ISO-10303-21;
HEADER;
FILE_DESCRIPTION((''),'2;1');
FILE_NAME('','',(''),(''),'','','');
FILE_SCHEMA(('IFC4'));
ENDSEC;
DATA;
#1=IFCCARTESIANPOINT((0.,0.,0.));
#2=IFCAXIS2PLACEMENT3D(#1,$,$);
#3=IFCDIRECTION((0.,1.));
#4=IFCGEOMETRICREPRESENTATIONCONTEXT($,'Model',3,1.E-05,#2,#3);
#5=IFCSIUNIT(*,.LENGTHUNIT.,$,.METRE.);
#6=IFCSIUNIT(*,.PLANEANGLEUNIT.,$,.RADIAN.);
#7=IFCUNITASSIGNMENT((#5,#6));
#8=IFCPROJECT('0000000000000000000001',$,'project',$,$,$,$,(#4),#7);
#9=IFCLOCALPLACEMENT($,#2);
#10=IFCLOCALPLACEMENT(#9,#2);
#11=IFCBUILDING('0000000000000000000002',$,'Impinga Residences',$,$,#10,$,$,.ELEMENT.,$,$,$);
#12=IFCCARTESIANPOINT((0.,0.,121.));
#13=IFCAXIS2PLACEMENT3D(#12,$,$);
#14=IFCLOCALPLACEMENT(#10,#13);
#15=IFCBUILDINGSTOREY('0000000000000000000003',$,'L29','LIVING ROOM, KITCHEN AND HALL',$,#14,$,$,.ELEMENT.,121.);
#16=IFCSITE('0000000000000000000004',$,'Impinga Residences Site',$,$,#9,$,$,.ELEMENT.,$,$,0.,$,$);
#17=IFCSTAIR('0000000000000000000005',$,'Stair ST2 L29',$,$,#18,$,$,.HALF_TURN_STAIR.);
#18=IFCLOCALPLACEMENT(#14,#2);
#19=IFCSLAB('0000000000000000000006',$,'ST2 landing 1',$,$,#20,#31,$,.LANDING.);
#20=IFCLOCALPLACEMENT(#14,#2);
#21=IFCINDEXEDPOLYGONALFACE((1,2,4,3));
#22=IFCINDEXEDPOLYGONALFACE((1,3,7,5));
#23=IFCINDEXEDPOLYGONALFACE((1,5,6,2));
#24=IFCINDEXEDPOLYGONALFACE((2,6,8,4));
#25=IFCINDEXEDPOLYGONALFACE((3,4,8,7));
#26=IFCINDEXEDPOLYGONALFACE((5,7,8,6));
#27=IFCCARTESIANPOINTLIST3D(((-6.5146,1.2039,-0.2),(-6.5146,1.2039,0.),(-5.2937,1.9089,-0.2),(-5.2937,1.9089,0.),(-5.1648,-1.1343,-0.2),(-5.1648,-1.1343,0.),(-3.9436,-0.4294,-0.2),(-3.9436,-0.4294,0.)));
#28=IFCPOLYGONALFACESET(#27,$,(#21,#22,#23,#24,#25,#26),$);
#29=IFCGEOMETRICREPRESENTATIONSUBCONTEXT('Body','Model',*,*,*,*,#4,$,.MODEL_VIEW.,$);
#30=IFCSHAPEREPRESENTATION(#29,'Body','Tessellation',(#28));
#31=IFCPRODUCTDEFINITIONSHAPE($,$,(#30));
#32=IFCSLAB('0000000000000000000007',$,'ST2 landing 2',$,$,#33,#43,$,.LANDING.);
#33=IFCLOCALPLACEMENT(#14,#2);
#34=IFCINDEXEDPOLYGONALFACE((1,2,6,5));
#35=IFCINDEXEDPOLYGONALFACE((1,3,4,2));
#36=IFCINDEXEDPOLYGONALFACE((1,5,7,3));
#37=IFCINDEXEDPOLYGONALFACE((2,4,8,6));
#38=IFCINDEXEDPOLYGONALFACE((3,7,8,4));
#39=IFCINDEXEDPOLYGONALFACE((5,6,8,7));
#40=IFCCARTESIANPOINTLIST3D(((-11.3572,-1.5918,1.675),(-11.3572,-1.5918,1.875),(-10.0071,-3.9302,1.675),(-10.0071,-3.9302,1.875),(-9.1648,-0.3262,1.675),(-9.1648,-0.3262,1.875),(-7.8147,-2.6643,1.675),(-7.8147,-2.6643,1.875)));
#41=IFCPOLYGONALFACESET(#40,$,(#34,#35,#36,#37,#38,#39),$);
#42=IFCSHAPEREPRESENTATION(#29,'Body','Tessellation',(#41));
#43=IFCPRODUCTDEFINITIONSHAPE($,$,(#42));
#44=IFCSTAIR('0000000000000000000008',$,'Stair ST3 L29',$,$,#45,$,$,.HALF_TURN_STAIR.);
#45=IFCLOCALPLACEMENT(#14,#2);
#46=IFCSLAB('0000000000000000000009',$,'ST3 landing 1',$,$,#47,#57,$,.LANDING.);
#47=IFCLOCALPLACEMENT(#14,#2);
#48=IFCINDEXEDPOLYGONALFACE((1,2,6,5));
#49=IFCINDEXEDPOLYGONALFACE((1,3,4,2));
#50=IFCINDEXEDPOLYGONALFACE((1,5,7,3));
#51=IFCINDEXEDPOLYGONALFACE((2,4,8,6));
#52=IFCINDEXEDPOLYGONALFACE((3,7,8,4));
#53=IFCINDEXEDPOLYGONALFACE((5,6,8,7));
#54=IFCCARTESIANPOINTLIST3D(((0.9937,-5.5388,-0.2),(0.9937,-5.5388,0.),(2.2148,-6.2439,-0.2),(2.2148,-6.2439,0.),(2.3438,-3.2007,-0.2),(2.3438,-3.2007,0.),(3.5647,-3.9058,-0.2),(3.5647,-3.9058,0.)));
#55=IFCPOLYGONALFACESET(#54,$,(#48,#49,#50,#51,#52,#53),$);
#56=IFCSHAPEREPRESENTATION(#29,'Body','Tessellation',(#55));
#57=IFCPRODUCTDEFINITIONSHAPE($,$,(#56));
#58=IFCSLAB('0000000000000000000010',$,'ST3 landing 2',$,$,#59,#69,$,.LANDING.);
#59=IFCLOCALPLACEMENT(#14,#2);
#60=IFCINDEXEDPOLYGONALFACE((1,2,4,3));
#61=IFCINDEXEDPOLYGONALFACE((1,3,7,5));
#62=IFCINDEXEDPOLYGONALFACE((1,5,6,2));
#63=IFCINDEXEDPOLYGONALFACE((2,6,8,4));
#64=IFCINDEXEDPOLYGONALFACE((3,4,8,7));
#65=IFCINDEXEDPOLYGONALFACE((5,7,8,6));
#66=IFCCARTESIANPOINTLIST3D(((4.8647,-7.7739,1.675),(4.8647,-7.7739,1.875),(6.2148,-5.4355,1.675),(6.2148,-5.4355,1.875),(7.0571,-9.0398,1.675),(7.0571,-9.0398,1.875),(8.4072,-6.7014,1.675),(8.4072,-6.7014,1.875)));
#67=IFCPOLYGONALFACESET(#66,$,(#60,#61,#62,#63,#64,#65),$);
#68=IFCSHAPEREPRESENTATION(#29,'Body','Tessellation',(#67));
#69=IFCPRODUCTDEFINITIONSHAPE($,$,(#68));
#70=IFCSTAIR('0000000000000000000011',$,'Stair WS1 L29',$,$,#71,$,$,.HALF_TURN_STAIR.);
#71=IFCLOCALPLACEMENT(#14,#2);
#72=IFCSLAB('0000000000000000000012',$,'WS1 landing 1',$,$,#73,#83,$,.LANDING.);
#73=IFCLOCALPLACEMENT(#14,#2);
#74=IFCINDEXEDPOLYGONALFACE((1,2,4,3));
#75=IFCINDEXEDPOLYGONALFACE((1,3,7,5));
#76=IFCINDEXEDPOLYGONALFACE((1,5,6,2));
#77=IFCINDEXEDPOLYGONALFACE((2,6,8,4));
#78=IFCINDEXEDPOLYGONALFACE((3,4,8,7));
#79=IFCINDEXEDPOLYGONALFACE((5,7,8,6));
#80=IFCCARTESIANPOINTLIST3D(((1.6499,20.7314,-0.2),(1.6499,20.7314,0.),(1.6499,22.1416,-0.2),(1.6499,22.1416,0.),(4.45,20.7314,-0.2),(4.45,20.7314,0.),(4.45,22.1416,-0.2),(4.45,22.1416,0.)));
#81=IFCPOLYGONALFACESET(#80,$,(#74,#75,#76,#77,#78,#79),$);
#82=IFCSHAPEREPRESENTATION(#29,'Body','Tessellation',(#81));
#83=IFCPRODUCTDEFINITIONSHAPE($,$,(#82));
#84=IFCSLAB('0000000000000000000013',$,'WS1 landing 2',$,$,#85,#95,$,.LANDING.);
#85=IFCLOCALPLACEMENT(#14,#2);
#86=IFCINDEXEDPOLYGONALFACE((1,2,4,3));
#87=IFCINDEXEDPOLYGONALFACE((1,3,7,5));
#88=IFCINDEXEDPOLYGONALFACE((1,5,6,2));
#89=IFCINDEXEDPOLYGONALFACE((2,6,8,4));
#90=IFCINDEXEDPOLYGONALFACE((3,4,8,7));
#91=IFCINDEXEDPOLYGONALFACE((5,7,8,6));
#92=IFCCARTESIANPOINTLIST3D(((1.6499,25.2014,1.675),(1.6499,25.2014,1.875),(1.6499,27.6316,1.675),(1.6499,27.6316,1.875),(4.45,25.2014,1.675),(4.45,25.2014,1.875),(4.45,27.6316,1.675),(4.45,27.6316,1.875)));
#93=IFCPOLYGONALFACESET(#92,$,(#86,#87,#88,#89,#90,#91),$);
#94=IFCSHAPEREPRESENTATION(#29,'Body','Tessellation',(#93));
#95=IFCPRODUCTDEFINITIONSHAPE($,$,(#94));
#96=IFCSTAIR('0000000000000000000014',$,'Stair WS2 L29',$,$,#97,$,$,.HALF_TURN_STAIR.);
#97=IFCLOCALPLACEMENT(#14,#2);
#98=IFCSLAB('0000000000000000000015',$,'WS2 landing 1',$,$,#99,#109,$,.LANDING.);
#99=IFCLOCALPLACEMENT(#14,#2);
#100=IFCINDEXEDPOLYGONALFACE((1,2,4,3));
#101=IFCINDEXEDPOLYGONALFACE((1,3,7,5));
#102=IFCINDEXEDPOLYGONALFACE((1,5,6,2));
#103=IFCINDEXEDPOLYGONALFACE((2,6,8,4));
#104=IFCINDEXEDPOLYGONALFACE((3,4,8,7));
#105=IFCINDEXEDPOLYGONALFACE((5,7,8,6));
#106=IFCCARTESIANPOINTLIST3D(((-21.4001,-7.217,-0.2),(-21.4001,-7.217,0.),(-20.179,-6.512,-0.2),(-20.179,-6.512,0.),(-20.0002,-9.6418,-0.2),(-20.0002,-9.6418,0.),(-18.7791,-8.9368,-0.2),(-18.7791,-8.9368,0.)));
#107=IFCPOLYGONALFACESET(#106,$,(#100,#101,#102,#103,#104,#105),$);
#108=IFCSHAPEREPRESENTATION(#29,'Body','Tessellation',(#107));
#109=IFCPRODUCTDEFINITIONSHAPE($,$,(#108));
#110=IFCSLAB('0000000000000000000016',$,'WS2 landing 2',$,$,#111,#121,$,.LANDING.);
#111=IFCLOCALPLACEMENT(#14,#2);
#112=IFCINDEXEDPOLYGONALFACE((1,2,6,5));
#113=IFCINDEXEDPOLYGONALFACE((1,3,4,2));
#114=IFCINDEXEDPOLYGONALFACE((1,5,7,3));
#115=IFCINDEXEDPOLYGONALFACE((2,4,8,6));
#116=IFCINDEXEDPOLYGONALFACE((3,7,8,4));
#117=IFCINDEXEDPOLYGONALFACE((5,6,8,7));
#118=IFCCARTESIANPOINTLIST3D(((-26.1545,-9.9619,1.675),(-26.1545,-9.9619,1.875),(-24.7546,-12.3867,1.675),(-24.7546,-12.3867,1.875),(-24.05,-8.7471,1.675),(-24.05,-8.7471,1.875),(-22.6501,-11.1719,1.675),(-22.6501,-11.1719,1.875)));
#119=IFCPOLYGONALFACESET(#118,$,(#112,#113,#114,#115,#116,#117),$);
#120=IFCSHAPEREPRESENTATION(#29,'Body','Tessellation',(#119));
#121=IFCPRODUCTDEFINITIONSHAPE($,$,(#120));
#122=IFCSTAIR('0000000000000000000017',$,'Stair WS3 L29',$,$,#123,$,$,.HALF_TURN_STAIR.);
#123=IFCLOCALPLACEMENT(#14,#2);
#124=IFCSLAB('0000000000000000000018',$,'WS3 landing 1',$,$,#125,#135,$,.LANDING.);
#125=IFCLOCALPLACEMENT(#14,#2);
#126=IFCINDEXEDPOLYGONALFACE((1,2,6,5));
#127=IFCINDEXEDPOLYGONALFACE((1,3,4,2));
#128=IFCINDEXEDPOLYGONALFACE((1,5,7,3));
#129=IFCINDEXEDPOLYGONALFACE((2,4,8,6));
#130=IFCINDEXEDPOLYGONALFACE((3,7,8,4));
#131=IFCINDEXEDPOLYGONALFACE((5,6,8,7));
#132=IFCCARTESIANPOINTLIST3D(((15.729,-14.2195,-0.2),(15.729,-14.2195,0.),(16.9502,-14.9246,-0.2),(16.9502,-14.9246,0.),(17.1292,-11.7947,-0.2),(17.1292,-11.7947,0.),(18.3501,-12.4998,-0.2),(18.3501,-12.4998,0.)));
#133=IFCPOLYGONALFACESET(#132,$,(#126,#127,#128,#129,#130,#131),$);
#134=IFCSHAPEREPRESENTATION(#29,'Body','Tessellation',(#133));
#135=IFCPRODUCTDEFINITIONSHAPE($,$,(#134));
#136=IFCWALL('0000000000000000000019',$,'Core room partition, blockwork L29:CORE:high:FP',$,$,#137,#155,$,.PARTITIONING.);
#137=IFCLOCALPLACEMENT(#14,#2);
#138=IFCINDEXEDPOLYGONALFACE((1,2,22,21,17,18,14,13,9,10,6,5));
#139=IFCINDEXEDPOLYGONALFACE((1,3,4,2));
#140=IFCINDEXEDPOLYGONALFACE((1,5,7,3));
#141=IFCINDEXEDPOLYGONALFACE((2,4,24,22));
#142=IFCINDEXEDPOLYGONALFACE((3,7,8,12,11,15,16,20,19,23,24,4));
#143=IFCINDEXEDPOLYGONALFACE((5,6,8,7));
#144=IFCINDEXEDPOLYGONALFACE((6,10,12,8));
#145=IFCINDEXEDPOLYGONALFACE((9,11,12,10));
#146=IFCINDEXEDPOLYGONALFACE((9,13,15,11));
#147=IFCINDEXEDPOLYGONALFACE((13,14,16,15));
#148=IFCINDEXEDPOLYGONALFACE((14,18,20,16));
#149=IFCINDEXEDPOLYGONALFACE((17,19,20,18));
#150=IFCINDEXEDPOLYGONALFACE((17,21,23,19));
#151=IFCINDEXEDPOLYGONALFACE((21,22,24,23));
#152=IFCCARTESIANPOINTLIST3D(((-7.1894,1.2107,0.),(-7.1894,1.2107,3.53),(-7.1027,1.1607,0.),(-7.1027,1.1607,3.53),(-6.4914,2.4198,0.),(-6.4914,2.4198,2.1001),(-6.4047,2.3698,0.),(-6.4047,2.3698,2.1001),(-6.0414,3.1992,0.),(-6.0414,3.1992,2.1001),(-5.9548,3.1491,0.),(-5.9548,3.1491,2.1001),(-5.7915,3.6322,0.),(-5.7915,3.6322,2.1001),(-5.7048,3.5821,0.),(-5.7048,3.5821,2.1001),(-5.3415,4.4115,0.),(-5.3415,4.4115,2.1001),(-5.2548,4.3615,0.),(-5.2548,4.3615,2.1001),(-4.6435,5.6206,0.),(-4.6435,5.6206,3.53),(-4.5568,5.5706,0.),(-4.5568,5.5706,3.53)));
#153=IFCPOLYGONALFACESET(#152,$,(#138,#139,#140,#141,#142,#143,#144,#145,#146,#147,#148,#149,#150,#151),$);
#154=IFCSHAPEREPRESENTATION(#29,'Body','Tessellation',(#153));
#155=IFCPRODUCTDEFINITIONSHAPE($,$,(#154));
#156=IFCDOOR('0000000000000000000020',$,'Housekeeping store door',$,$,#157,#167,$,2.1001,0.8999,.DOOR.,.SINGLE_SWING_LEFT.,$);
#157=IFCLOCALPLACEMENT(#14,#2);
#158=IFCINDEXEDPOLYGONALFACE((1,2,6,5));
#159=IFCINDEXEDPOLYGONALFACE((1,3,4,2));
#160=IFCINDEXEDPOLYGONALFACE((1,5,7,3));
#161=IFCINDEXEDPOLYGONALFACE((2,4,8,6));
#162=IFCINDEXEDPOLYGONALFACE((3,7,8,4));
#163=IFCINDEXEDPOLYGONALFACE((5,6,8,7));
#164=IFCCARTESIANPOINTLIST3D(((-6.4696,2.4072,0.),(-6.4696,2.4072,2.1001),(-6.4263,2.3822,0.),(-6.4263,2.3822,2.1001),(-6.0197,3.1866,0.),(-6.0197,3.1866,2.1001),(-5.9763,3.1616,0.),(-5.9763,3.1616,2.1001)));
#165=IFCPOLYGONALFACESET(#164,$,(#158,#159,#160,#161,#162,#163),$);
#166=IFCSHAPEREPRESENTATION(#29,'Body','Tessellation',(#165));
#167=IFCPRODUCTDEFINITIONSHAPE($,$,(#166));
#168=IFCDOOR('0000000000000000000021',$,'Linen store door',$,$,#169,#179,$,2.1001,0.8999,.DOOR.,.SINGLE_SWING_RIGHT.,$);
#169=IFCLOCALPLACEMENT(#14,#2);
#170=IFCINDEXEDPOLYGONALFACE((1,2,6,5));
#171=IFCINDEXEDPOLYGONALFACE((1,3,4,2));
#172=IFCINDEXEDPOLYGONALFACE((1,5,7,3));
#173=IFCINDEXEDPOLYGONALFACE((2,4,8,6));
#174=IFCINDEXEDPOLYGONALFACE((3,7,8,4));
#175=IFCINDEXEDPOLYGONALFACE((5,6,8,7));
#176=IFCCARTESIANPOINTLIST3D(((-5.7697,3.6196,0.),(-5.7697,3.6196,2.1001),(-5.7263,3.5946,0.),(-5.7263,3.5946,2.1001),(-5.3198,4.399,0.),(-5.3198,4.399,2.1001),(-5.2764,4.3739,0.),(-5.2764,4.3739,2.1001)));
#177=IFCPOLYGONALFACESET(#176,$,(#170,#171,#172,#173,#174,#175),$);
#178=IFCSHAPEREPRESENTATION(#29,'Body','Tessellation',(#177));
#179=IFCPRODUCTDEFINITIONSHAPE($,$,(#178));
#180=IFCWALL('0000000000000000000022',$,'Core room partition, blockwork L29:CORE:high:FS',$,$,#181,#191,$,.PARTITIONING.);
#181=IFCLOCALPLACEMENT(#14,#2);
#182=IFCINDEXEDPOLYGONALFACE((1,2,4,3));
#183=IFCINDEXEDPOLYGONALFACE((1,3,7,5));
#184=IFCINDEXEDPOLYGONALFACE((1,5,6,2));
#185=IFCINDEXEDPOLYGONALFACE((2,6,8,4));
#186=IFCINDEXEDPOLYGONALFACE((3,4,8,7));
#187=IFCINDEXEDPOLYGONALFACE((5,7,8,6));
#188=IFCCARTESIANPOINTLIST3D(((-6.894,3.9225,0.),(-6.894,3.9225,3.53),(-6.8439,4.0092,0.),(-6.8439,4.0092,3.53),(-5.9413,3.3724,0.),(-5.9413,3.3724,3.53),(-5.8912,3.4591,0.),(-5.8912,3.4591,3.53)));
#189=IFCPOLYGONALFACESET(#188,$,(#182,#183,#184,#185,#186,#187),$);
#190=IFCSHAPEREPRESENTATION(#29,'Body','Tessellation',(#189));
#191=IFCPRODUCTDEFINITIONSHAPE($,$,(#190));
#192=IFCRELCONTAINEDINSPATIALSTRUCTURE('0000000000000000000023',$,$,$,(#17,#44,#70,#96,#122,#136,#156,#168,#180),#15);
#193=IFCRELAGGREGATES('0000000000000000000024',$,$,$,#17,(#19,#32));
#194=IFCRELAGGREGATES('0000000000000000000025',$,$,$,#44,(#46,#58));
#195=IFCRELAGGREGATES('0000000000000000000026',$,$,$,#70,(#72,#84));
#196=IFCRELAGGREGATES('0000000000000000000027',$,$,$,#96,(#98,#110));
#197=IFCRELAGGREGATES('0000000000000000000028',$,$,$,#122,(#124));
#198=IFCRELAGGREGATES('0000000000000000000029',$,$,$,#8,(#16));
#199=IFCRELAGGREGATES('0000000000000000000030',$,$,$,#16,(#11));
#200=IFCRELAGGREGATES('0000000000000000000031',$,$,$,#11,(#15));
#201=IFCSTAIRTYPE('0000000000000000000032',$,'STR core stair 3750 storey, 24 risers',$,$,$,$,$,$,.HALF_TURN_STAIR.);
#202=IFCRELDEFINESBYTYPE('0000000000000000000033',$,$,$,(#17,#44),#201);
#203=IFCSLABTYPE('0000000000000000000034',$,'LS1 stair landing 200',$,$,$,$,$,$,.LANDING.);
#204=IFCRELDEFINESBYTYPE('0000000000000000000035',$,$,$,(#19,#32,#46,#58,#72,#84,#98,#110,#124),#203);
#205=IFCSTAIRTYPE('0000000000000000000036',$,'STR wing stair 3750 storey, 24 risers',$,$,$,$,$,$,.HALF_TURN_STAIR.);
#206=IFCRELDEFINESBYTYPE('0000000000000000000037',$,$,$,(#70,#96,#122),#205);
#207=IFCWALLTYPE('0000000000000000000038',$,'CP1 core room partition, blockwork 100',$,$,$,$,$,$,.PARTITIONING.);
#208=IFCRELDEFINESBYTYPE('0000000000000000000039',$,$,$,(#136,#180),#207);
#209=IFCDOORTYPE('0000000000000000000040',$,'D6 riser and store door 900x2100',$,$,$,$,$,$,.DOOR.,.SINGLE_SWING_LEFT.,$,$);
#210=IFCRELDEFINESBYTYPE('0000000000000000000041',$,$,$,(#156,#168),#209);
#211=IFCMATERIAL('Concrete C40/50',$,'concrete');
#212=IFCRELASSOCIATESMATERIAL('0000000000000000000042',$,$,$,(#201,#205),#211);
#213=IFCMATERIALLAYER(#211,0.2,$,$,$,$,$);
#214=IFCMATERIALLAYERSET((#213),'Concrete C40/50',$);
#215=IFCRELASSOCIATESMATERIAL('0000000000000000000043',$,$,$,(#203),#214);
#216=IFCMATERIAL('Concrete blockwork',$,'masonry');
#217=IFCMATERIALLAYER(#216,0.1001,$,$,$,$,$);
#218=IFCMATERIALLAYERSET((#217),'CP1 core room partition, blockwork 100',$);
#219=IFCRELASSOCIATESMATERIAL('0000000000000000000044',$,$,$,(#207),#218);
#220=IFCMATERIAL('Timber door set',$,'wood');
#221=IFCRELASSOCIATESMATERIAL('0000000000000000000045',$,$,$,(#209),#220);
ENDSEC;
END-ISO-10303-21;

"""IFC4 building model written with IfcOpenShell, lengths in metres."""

from ifc_helpers import new_model, si_unit, direction, frame, frame_2d, origin, place, context, subcontext, project, spatial, polyline, rectangle, outline, extrude, material, layer, layer_set, type_object, element, fill, aggregate, save


model = new_model("IFC4")

# Units and contexts
model_context = context("Model", 3, precision=1e-05, world=origin(), true_north=direction((0.0, 1.0)))
body_context = subcontext(model_context, "Body", "Model", "MODEL_VIEW")
ifc_project = project(units=[si_unit("LENGTHUNIT", "METRE"), si_unit("PLANEANGLEUNIT", "RADIAN")], contexts=[model_context])

# Site, building, storey
site_placement = place(None, origin())
site = spatial("IfcSite", under=ifc_project, at=site_placement, Name="Impinga Residences Site", CompositionType="ELEMENT", RefElevation=0.0)
building_placement = place(site_placement, origin())
building = spatial("IfcBuilding", under=site, at=building_placement, Name="Impinga Residences", CompositionType="ELEMENT")
storey_placement = place(building_placement, frame((0.0, 0.0, 121.0)))
storey = spatial("IfcBuildingStorey", under=building, at=storey_placement, Name="L29", Description="LIVING ROOM, KITCHEN AND HALL", CompositionType="ELEMENT", Elevation=121.0)

# Stairs, slabs
ifc_material_1 = material(Name="Concrete C40/50", Category="concrete")
stair_type_1 = type_object("IfcStairType", Name="STR core stair 3750 storey, 24 risers", PredefinedType="HALF_TURN_STAIR", material=ifc_material_1)
stair_1_placement = place(storey_placement, origin())
stair_1 = element("IfcStair", 1, at=stair_1_placement, inside=storey, type_object=stair_type_1, Name="Stair ST2 L29", PredefinedType="HALF_TURN_STAIR")
ifc_layer_1 = layer(ifc_material_1, 0.2)
ifc_layer_set_1 = layer_set([ifc_layer_1], Name="Concrete C40/50")
slab_type = type_object("IfcSlabType", Name="LS1 stair landing 200", PredefinedType="LANDING", material=ifc_layer_set_1)
slab_1_placement = place(storey_placement, frame((0.0, 0.0, -0.2)))
slab_1 = element("IfcSlab", 2, at=slab_1_placement, type_object=slab_type, Name="ST2 landing 1", PredefinedType="LANDING", context=body_context, shape_type="SweptSolid", body=[
    extrude(outline(polyline([(-3.9436, -0.4294), (-5.2937, 1.9089), (-6.5146, 1.2039), (-5.1648, -1.1343), (-3.9436, -0.4294)])), origin(), (0.0, 0.0, 1.0), 0.2),
])
slab_2_placement = place(storey_placement, frame((0.0, 0.0, 1.675)))
slab_2 = element("IfcSlab", 3, at=slab_2_placement, type_object=slab_type, Name="ST2 landing 2", PredefinedType="LANDING", context=body_context, shape_type="SweptSolid", body=[
    extrude(outline(polyline([(-7.8147, -2.6643), (-9.1648, -0.3262), (-11.3572, -1.5918), (-10.0071, -3.9302), (-7.8147, -2.6643)])), origin(), (0.0, 0.0, 1.0), 0.2),
])
aggregate(stair_1, [slab_1, slab_2])
stair_2_placement = place(storey_placement, origin())
stair_2 = element("IfcStair", 4, at=stair_2_placement, inside=storey, type_object=stair_type_1, Name="Stair ST3 L29", PredefinedType="HALF_TURN_STAIR")
slab_3_placement = place(storey_placement, frame((0.0, 0.0, -0.2)))
slab_3 = element("IfcSlab", 5, at=slab_3_placement, type_object=slab_type, Name="ST3 landing 1", PredefinedType="LANDING", context=body_context, shape_type="SweptSolid", body=[
    extrude(outline(polyline([(2.3438, -3.2007), (0.9937, -5.5388), (2.2148, -6.2439), (3.5647, -3.9058), (2.3438, -3.2007)])), origin(), (0.0, 0.0, 1.0), 0.2),
])
slab_4_placement = place(storey_placement, frame((0.0, 0.0, 1.675)))
slab_4 = element("IfcSlab", 6, at=slab_4_placement, type_object=slab_type, Name="ST3 landing 2", PredefinedType="LANDING", context=body_context, shape_type="SweptSolid", body=[
    extrude(outline(polyline([(6.2148, -5.4355), (4.8647, -7.7739), (7.0571, -9.0398), (8.4072, -6.7014), (6.2148, -5.4355)])), origin(), (0.0, 0.0, 1.0), 0.2),
])
aggregate(stair_2, [slab_3, slab_4])
stair_type_2 = type_object("IfcStairType", Name="STR wing stair 3750 storey, 24 risers", PredefinedType="HALF_TURN_STAIR", material=ifc_material_1)
stair_3_placement = place(storey_placement, origin())
stair_3 = element("IfcStair", 7, at=stair_3_placement, inside=storey, type_object=stair_type_2, Name="Stair WS1 L29", PredefinedType="HALF_TURN_STAIR")
slab_5_placement = place(storey_placement, frame((0.0, 0.0, -0.2)))
slab_5 = element("IfcSlab", 8, at=slab_5_placement, type_object=slab_type, Name="WS1 landing 1", PredefinedType="LANDING", context=body_context, shape_type="SweptSolid", body=[
    extrude(outline(polyline([(1.6499, 20.7314), (4.45, 20.7314), (4.45, 22.1416), (1.6499, 22.1416), (1.6499, 20.7314)])), origin(), (0.0, 0.0, 1.0), 0.2),
])
slab_6_placement = place(storey_placement, frame((0.0, 0.0, 1.675)))
slab_6 = element("IfcSlab", 9, at=slab_6_placement, type_object=slab_type, Name="WS1 landing 2", PredefinedType="LANDING", context=body_context, shape_type="SweptSolid", body=[
    extrude(outline(polyline([(1.6499, 25.2014), (4.45, 25.2014), (4.45, 27.6316), (1.6499, 27.6316), (1.6499, 25.2014)])), origin(), (0.0, 0.0, 1.0), 0.2),
])
aggregate(stair_3, [slab_5, slab_6])
stair_4_placement = place(storey_placement, origin())
stair_4 = element("IfcStair", 10, at=stair_4_placement, inside=storey, type_object=stair_type_2, Name="Stair WS2 L29", PredefinedType="HALF_TURN_STAIR")
slab_7_placement = place(storey_placement, frame((0.0, 0.0, -0.2)))
slab_7 = element("IfcSlab", 11, at=slab_7_placement, type_object=slab_type, Name="WS2 landing 1", PredefinedType="LANDING", context=body_context, shape_type="SweptSolid", body=[
    extrude(outline(polyline([(-18.7791, -8.9368), (-20.179, -6.512), (-21.4001, -7.217), (-20.0002, -9.6418), (-18.7791, -8.9368)])), origin(), (0.0, 0.0, 1.0), 0.2),
])
slab_8_placement = place(storey_placement, frame((0.0, 0.0, 1.675)))
slab_8 = element("IfcSlab", 12, at=slab_8_placement, type_object=slab_type, Name="WS2 landing 2", PredefinedType="LANDING", context=body_context, shape_type="SweptSolid", body=[
    extrude(outline(polyline([(-22.6501, -11.1719), (-24.05, -8.7471), (-26.1545, -9.9619), (-24.7546, -12.3867), (-22.6501, -11.1719)])), origin(), (0.0, 0.0, 1.0), 0.2),
])
aggregate(stair_4, [slab_7, slab_8])

# Stair, slab
stair_5_placement = place(storey_placement, origin())
stair_5 = element("IfcStair", 13, at=stair_5_placement, inside=storey, type_object=stair_type_2, Name="Stair WS3 L29", PredefinedType="HALF_TURN_STAIR")
slab_9_placement = place(storey_placement, frame((0.0, 0.0, -0.2)))
slab_9 = element("IfcSlab", 14, at=slab_9_placement, type_object=slab_type, Name="WS3 landing 1", PredefinedType="LANDING", context=body_context, shape_type="SweptSolid", body=[
    extrude(outline(polyline([(17.1292, -11.7947), (15.729, -14.2195), (16.9502, -14.9246), (18.3501, -12.4998), (17.1292, -11.7947)])), origin(), (0.0, 0.0, 1.0), 0.2),
])
aggregate(stair_5, [slab_9])

# Wall, openings, doors
ifc_material_2 = material(Name="Concrete blockwork", Category="masonry")
ifc_layer_2 = layer(ifc_material_2, 0.1001)
ifc_layer_set_2 = layer_set([ifc_layer_2], Name="CP1 core room partition, blockwork 100")
wall_type_1 = type_object("IfcWallType", Name="CP1 core room partition, blockwork 100", PredefinedType="PARTITIONING", material=ifc_layer_set_2)
wall_1_placement = place(storey_placement, frame((-7.146, 1.1858, 0.0), z_axis=(0.0, 0.0, 1.0), x_axis=(0.499976, 0.866039, 0.0)))
wall_1 = element("IfcWall", 15, at=wall_1_placement, inside=storey, type_object=wall_type_1, Name="Core room partition, blockwork L29:CORE:high:FP", PredefinedType="PARTITIONING", context=body_context, shape_type="SweptSolid", body=[
    extrude(rectangle(XDim=5.092, YDim=0.1001, at=frame_2d((2.5459, 0.0))), origin(), (0.0, 0.0, 1.0), 3.53),
])
opening_1_placement = place(wall_1_placement, frame((1.396, 0.0, 0.0)))
opening_1 = element("IfcOpeningElement", 16, at=opening_1_placement, cuts=wall_1, PredefinedType="OPENING", context=body_context, shape_type="SweptSolid", body=[
    extrude(rectangle(XDim=0.8999, YDim=2.1001, at=frame_2d((0.45, 1.05))), frame((0.0, 0.0601, 0.0), z_axis=(0.0, -1.0, 0.0), x_axis=(1.0, 0.0, 0.0)), (0.0, 0.0, 1.0), 0.1201),
])
opening_2_placement = place(wall_1_placement, frame((2.7959, 0.0, 0.0)))
opening_2 = element("IfcOpeningElement", 17, at=opening_2_placement, cuts=wall_1, PredefinedType="OPENING", context=body_context, shape_type="SweptSolid", body=[
    extrude(rectangle(XDim=0.8999, YDim=2.1001, at=frame_2d((0.45, 1.05))), frame((0.0, 0.0601, 0.0), z_axis=(0.0, -1.0, 0.0), x_axis=(1.0, 0.0, 0.0)), (0.0, 0.0, 1.0), 0.1201),
])
ifc_material_3 = material(Name="Timber door set", Category="wood")
door_type_1 = type_object("IfcDoorType", Name="D6 riser and store door 900x2100", OperationType="SINGLE_SWING_LEFT", PredefinedType="DOOR", material=ifc_material_3)
door_1_placement = place(opening_1_placement, origin())
door_1 = element("IfcDoor", 18, at=door_1_placement, inside=storey, type_object=door_type_1, Name="Housekeeping store door", OperationType="SINGLE_SWING_LEFT", OverallHeight=2.1001, OverallWidth=0.8999, PredefinedType="DOOR", context=body_context, shape_type="SweptSolid", body=[
    extrude(rectangle(XDim=0.8999, YDim=2.1001, at=frame_2d((0.45, 1.05))), frame((0.0, 0.0249, 0.0), z_axis=(0.0, -1.0, 0.0), x_axis=(1.0, 0.0, 0.0)), (0.0, 0.0, 1.0), 0.05),
])
fill(opening_1, door_1)
door_2_placement = place(opening_2_placement, origin())
door_2 = element("IfcDoor", 19, at=door_2_placement, inside=storey, type_object=door_type_1, Name="Linen store door", OperationType="SINGLE_SWING_RIGHT", OverallHeight=2.1001, OverallWidth=0.8999, PredefinedType="DOOR", context=body_context, shape_type="SweptSolid", body=[
    extrude(rectangle(XDim=0.8999, YDim=2.1001, at=frame_2d((0.45, 1.05))), frame((0.0, 0.0249, 0.0), z_axis=(0.0, -1.0, 0.0), x_axis=(1.0, 0.0, 0.0)), (0.0, 0.0, 1.0), 0.05),
])
fill(opening_2, door_2)

# Wall
wall_2_placement = place(storey_placement, frame((-5.9163, 3.4158, 0.0), z_axis=(0.0, 0.0, 1.0), x_axis=(-0.866008, 0.50003, 0.0)))
element("IfcWall", 20, at=wall_2_placement, inside=storey, type_object=wall_type_1, Name="Core room partition, blockwork L29:CORE:high:FS", PredefinedType="PARTITIONING", context=body_context, shape_type="SweptSolid", body=[
    extrude(rectangle(XDim=1.1001, YDim=0.1001, at=frame_2d((0.55, 0.0))), origin(), (0.0, 0.0, 1.0), 3.53),
])

save(model, "model.ifc")
